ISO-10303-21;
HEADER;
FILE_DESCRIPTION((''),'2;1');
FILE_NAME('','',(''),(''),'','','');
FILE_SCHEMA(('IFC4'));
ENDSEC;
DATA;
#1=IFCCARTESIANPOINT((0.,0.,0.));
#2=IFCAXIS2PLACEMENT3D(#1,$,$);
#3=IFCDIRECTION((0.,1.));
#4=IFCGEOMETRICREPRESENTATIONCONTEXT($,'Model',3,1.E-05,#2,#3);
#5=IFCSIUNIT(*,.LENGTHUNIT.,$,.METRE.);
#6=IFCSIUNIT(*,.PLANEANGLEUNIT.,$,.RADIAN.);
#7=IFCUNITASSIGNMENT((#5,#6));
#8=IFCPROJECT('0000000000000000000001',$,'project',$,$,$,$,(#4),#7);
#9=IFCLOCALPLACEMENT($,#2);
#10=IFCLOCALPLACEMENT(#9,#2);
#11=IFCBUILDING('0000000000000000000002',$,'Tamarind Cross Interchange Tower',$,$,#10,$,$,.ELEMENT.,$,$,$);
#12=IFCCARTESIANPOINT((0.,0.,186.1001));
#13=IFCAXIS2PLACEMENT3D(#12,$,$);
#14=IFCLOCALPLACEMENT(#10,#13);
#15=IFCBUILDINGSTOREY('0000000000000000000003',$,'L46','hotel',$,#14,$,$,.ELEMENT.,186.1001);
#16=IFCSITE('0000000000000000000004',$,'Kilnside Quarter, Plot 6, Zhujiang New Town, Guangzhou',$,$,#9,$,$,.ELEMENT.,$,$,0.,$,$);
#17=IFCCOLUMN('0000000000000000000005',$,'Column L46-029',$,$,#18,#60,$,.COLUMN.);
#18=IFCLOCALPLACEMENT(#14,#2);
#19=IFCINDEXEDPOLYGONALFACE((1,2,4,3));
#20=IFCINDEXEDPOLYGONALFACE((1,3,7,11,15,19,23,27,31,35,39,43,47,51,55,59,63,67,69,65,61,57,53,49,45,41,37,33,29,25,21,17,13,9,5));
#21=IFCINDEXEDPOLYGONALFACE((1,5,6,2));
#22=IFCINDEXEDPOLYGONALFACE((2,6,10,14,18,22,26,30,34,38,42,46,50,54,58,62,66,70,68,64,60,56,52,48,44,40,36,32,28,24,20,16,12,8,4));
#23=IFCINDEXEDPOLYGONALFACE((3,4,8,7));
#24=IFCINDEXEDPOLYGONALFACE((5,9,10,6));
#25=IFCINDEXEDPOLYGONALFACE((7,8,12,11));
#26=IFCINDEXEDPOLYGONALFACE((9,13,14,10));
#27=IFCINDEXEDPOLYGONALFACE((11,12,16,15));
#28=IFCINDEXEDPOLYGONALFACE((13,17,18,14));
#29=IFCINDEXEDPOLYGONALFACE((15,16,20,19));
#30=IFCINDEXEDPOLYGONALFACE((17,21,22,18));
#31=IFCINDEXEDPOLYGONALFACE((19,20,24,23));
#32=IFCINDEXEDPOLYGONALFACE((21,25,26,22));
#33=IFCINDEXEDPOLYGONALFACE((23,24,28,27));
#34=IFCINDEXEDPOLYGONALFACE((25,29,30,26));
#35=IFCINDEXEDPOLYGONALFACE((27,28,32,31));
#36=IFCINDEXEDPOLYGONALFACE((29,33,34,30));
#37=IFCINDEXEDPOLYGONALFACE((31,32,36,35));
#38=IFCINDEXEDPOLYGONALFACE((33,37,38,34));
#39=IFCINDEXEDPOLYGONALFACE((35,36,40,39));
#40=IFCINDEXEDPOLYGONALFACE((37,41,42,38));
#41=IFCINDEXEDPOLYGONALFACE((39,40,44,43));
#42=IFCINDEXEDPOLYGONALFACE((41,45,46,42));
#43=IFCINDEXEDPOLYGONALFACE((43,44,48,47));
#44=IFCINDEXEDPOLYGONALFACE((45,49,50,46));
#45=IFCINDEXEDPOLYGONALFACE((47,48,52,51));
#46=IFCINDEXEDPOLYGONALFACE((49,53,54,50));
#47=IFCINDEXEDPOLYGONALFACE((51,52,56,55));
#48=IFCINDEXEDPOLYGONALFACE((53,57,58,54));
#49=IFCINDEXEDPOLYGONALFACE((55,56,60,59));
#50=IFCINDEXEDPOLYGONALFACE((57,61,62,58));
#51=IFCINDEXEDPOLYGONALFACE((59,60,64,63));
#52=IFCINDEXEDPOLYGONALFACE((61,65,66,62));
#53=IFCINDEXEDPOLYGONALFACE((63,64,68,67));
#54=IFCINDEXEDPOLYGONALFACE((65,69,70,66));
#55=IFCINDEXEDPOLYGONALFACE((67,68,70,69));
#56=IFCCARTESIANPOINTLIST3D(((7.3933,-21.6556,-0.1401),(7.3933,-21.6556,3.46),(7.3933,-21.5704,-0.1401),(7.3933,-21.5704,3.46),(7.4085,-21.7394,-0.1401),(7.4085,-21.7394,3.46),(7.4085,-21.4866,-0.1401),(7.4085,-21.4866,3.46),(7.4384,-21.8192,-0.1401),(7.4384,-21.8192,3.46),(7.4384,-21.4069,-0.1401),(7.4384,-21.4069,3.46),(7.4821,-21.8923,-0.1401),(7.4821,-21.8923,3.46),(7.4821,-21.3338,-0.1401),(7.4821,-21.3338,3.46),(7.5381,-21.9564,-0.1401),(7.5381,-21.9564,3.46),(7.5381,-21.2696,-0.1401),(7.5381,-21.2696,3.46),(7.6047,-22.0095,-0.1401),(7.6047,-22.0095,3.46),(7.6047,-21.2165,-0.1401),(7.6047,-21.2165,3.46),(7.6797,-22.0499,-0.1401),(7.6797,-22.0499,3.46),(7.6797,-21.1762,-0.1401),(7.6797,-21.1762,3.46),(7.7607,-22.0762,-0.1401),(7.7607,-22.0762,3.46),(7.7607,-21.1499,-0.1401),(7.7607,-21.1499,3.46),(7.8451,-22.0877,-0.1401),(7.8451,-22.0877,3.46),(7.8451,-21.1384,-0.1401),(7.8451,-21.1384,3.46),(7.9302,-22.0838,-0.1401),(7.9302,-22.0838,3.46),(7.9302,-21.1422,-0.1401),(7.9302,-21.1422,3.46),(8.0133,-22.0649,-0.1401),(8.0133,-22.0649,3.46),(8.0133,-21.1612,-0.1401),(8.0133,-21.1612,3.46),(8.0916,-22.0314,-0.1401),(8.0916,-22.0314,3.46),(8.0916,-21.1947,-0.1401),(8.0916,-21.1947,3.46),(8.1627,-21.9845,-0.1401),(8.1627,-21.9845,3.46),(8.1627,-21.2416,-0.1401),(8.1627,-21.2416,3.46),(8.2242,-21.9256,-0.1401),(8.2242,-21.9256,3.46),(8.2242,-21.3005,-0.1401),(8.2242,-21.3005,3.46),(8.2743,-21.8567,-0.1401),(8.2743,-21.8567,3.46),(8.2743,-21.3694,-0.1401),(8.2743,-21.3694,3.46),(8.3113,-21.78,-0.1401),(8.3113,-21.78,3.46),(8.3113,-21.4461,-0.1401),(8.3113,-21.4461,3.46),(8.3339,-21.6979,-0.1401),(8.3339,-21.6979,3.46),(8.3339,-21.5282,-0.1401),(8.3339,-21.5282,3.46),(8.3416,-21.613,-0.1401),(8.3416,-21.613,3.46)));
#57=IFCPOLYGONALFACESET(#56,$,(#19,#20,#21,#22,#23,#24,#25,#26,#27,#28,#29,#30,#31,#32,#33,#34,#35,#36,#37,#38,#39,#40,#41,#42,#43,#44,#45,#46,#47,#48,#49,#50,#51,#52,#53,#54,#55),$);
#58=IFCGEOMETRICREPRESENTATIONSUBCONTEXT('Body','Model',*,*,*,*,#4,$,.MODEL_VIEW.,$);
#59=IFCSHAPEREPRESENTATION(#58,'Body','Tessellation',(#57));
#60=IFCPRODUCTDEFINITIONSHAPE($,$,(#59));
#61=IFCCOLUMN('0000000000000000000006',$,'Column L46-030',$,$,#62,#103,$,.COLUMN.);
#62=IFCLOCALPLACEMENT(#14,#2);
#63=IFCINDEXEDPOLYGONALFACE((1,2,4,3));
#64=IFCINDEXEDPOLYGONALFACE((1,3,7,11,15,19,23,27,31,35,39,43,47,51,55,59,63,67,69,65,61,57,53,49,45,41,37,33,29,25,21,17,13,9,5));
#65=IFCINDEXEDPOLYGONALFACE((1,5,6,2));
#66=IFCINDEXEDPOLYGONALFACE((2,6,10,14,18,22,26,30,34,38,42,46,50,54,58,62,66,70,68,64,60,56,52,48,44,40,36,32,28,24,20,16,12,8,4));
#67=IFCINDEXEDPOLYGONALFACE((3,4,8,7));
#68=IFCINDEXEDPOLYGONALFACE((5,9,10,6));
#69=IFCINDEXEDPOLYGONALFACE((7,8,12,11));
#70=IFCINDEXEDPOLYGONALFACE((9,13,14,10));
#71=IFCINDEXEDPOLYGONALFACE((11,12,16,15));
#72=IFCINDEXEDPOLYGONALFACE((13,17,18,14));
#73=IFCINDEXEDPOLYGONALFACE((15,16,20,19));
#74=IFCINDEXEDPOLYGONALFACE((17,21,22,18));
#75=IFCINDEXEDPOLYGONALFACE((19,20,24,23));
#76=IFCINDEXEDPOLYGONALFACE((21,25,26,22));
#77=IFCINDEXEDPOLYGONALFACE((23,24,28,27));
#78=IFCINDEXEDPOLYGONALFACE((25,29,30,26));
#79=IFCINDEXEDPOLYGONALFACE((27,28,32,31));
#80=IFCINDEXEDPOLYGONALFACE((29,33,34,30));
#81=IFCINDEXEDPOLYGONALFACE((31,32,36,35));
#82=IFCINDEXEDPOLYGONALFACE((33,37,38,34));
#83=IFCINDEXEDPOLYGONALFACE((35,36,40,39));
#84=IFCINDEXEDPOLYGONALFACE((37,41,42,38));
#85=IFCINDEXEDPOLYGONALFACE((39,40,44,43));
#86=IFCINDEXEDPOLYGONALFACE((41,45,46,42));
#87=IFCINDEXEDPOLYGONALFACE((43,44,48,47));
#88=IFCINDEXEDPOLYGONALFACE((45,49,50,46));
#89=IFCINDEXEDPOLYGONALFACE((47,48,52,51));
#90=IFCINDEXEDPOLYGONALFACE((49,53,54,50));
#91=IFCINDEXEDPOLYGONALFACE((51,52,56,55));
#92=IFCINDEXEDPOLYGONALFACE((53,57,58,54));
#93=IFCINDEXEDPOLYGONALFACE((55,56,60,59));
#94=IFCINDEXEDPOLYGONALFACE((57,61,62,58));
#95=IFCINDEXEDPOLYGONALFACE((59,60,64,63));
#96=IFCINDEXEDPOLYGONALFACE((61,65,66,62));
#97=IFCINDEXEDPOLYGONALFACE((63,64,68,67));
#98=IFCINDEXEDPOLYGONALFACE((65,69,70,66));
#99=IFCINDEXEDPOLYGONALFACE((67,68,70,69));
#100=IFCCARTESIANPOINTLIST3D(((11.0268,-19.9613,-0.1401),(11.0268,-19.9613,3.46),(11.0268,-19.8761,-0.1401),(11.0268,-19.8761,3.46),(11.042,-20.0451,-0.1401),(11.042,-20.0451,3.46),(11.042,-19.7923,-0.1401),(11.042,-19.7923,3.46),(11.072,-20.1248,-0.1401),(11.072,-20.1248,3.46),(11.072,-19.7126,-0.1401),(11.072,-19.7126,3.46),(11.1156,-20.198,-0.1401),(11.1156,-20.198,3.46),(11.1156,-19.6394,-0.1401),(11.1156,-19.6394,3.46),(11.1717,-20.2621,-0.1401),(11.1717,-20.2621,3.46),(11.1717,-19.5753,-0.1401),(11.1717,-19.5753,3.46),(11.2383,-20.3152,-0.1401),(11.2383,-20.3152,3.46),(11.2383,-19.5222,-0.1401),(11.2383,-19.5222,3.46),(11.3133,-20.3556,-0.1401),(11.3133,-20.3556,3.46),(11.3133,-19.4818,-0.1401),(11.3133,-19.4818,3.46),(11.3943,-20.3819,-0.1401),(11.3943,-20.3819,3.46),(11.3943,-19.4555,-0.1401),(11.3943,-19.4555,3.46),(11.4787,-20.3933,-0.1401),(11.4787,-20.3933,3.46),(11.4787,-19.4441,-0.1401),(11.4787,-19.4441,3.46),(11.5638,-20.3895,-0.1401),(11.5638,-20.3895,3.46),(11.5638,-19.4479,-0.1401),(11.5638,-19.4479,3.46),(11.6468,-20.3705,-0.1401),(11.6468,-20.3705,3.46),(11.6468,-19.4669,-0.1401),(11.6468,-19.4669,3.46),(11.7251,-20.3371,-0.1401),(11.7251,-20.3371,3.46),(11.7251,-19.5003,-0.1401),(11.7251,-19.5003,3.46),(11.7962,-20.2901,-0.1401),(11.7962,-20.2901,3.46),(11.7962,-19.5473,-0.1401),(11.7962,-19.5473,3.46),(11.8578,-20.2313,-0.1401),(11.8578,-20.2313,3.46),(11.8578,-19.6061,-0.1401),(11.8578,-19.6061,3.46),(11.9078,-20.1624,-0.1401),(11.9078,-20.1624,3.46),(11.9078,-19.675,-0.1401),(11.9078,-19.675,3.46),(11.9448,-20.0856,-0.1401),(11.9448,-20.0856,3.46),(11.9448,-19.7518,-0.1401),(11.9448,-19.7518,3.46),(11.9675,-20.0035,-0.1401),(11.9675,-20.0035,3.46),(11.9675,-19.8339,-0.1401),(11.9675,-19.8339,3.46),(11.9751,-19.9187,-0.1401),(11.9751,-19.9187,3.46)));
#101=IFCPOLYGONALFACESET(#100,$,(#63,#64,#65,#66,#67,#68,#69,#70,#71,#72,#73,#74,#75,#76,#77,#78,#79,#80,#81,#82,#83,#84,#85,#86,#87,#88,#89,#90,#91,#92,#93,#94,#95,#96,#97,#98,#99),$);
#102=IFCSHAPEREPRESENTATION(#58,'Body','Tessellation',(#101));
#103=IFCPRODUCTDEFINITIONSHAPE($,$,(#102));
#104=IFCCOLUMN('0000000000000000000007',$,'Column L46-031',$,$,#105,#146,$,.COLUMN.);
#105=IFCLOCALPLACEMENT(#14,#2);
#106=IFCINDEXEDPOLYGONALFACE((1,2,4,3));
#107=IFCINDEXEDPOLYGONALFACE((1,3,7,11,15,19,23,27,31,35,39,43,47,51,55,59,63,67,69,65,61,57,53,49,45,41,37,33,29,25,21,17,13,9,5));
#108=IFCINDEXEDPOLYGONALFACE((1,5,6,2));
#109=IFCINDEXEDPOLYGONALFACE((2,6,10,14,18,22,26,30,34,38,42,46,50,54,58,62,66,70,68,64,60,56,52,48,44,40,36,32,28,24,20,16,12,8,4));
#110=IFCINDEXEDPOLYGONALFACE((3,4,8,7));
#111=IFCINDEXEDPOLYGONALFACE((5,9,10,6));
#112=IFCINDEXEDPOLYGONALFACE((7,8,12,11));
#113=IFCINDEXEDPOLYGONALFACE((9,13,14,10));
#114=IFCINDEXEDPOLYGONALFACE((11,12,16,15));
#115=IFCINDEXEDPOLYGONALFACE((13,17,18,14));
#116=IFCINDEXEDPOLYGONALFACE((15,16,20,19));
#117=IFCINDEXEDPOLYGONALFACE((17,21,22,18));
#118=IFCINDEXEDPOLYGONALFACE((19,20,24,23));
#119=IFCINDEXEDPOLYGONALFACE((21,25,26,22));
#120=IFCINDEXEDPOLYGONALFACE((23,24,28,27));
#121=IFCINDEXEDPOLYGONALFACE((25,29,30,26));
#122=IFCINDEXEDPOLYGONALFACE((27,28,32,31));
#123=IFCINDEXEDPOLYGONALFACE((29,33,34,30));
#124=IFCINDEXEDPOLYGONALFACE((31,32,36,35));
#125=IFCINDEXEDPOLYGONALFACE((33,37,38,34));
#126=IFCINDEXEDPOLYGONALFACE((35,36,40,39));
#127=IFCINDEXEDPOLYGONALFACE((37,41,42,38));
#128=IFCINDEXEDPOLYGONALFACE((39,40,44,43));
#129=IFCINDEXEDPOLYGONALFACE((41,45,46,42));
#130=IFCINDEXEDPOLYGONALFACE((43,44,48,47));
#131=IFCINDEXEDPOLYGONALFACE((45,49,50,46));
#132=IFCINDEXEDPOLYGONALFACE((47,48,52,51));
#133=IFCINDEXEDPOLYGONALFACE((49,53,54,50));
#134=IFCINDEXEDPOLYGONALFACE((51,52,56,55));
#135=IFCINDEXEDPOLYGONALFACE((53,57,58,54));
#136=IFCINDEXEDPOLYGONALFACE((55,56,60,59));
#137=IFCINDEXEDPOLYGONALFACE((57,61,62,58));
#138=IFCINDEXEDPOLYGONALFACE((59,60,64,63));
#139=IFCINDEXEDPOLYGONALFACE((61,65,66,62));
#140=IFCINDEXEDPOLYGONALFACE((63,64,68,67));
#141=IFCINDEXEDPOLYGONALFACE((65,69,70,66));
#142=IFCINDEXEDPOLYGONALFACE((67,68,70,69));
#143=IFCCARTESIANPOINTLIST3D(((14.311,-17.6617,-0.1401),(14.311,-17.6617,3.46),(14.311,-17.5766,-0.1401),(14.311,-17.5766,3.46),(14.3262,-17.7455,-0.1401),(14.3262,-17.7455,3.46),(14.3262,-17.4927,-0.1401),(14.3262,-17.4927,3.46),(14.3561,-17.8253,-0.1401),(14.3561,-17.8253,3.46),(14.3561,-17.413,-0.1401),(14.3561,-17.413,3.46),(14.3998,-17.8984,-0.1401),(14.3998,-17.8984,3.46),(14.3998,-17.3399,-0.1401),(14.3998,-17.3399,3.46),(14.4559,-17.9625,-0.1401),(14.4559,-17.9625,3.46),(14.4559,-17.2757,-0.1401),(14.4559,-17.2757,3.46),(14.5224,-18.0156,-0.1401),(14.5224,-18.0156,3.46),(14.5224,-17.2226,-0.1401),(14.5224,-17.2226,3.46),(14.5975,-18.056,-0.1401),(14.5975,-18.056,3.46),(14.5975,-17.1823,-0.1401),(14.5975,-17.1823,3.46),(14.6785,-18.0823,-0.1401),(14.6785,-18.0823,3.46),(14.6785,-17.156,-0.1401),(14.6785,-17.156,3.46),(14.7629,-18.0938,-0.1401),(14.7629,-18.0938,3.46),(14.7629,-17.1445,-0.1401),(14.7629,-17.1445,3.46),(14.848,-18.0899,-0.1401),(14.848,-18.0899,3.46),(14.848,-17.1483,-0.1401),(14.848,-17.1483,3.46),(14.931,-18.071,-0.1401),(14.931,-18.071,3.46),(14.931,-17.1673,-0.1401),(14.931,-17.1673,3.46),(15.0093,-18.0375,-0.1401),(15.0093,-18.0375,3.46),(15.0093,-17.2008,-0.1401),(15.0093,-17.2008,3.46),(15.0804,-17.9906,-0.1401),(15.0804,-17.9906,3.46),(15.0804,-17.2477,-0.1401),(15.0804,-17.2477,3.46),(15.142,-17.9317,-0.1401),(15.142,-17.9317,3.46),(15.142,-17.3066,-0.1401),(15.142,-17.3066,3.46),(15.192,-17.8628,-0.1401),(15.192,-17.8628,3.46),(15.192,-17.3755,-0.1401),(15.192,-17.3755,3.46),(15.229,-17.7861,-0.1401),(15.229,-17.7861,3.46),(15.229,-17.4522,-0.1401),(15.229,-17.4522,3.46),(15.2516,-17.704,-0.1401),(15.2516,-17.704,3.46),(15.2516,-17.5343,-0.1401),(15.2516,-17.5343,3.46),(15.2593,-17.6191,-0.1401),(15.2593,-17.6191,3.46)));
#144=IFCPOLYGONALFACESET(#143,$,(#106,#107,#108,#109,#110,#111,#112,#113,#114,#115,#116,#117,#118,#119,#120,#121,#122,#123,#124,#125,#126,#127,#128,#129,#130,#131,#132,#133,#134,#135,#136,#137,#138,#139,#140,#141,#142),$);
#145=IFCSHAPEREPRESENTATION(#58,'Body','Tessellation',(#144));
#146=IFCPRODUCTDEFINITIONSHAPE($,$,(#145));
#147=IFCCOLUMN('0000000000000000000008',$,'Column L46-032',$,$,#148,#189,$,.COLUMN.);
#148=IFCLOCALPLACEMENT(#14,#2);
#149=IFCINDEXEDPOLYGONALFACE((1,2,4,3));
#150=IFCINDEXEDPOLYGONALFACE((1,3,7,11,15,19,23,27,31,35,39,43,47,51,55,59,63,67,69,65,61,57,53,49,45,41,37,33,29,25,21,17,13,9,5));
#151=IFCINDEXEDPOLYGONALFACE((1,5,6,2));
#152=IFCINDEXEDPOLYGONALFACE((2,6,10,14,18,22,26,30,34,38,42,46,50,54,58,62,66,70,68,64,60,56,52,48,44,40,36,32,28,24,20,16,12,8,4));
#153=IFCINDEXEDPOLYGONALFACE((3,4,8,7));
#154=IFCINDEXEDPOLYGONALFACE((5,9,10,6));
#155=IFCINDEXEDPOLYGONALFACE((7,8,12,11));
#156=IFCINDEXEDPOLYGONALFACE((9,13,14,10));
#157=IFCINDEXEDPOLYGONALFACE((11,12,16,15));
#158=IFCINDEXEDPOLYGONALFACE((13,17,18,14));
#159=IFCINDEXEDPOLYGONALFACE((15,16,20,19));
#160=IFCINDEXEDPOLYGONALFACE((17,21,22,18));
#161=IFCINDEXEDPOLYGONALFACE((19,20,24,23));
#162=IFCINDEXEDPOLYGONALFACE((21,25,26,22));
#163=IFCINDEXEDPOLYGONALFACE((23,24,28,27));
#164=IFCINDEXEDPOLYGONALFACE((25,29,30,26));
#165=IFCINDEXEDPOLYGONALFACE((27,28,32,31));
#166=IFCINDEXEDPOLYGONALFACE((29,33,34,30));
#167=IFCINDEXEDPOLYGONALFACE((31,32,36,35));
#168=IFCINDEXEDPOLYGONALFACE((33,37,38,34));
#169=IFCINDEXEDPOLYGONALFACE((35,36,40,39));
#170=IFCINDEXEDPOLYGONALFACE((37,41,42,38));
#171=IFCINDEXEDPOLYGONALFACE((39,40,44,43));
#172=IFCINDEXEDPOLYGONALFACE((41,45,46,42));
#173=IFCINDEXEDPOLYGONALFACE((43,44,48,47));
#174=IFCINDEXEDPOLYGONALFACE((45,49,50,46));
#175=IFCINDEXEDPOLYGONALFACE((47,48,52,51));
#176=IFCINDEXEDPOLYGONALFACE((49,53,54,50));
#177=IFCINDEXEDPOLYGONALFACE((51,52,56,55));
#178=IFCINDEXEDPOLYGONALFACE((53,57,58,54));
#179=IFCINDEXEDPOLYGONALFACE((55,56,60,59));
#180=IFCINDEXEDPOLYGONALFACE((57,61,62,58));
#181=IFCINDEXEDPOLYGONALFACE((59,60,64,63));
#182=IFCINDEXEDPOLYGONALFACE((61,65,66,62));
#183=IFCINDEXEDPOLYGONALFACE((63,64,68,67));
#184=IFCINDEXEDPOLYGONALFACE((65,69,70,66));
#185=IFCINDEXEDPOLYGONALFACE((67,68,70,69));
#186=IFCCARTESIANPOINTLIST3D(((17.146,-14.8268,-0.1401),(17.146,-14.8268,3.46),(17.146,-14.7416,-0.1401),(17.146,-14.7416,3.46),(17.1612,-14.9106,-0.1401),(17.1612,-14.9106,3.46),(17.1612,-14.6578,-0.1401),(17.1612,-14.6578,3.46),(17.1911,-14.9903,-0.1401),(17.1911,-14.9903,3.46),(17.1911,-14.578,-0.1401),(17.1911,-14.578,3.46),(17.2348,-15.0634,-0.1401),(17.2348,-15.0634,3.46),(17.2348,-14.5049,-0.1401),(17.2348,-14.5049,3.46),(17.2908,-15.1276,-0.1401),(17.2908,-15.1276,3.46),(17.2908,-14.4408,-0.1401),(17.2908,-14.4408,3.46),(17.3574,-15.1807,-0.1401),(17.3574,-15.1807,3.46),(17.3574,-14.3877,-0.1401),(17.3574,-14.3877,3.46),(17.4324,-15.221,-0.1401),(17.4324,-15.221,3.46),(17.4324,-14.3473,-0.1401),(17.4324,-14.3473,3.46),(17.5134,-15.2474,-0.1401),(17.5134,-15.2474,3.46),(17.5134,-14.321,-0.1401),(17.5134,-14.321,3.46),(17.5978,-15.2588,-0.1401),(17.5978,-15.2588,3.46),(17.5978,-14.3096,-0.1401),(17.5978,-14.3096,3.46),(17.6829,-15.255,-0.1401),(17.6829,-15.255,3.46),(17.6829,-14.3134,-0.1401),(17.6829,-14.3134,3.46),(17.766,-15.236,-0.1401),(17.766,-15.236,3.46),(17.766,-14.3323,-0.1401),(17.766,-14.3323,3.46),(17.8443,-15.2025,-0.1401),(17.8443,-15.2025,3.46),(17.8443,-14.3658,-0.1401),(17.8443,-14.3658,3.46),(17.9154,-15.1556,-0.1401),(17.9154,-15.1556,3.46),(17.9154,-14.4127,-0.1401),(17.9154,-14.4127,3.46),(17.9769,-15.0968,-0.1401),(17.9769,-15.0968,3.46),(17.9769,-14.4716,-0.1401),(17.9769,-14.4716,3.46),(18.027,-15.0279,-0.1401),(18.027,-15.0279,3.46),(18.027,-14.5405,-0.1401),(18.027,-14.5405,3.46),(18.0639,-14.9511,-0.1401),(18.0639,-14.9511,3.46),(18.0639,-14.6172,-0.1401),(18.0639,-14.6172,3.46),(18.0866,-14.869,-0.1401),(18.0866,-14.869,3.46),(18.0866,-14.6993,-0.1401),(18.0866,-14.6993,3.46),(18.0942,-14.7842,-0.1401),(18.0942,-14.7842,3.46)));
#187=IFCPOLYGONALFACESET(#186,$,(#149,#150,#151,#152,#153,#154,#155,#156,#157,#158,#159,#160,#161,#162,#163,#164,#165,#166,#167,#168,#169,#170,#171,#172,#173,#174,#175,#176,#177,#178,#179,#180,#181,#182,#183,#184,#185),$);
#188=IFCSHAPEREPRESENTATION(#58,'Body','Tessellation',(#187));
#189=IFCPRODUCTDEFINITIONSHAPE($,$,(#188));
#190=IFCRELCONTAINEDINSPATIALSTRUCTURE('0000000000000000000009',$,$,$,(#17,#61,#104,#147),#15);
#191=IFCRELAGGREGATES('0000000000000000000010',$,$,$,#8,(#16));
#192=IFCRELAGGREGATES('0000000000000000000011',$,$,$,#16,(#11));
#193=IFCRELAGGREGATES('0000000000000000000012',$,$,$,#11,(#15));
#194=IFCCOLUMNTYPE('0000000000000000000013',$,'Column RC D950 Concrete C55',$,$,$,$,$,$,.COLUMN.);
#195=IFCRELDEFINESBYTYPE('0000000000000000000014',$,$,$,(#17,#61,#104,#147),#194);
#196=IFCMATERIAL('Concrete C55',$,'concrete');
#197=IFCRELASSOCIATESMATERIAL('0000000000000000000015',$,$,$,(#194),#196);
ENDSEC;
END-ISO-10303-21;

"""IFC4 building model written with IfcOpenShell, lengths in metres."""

from ifc_helpers import new_model, si_unit, direction, frame, origin, origin_2d, place, context, subcontext, project, spatial, circle, extrude, material, material_profile, profile_set, type_object, element, save


model = new_model("IFC4")

# Units and contexts
model_context = context("Model", 3, precision=1e-05, world=origin(), true_north=direction((0.0, 1.0)))
body_context = subcontext(model_context, "Body", "Model", "MODEL_VIEW")
ifc_project = project(units=[si_unit("LENGTHUNIT", "METRE"), si_unit("PLANEANGLEUNIT", "RADIAN")], contexts=[model_context])

# Site, building, storey
site_placement = place(None, origin())
site = spatial("IfcSite", under=ifc_project, at=site_placement, Name="Kilnside Quarter, Plot 6, Zhujiang New Town, Guangzhou", CompositionType="ELEMENT", RefElevation=0.0)
building_placement = place(site_placement, origin())
building = spatial("IfcBuilding", under=site, at=building_placement, Name="Tamarind Cross Interchange Tower", CompositionType="ELEMENT")
storey_placement = place(building_placement, frame((0.0, 0.0, 186.1001)))
storey = spatial("IfcBuildingStorey", under=building, at=storey_placement, Name="L46", Description="hotel", CompositionType="ELEMENT", Elevation=186.1001)

# Columns
ifc_material_1 = material(Name="Concrete C55", Category="concrete")
ifc_material_profile_1 = material_profile(ifc_material_1, circle(Radius=0.4751, at=origin_2d()), Name="RC D950")
ifc_profile_set_1 = profile_set([ifc_material_profile_1], Name="Concrete C55")
column_type = type_object("IfcColumnType", Name="Column RC D950 Concrete C55", PredefinedType="COLUMN", material=ifc_profile_set_1)
for number, where, z_axis, x_axis, name in (
    (1, (7.8665, -21.613, -0.1401), (0.0, 0.0, 1.0), (1.0, 0.0, 0.0), "Column L46-029"),
    (2, (11.5, -19.9187, -0.1401), (0.0, 0.0, 1.0), (1.0, 0.0, 0.0), "Column L46-030"),
    (3, (14.7842, -17.6191, -0.1401), (0.0, 0.0, 1.0), (1.0, 0.0, 0.0), "Column L46-031"),
    (4, (17.6191, -14.7842, -0.1401), (0.0, 0.0, 1.0), (1.0, 0.0, 0.0), "Column L46-032"),
):
    element("IfcColumn", number, at=place(storey_placement, frame(where, z_axis=z_axis, x_axis=x_axis)), inside=storey, type_object=column_type, Name=name, PredefinedType="COLUMN", context=body_context, shape_type="SweptSolid", body=[
        extrude(circle(Radius=0.4751, at=origin_2d()), origin(), (0.0, 0.0, 1.0), 3.6001),
    ])

save(model, "model.ifc")
